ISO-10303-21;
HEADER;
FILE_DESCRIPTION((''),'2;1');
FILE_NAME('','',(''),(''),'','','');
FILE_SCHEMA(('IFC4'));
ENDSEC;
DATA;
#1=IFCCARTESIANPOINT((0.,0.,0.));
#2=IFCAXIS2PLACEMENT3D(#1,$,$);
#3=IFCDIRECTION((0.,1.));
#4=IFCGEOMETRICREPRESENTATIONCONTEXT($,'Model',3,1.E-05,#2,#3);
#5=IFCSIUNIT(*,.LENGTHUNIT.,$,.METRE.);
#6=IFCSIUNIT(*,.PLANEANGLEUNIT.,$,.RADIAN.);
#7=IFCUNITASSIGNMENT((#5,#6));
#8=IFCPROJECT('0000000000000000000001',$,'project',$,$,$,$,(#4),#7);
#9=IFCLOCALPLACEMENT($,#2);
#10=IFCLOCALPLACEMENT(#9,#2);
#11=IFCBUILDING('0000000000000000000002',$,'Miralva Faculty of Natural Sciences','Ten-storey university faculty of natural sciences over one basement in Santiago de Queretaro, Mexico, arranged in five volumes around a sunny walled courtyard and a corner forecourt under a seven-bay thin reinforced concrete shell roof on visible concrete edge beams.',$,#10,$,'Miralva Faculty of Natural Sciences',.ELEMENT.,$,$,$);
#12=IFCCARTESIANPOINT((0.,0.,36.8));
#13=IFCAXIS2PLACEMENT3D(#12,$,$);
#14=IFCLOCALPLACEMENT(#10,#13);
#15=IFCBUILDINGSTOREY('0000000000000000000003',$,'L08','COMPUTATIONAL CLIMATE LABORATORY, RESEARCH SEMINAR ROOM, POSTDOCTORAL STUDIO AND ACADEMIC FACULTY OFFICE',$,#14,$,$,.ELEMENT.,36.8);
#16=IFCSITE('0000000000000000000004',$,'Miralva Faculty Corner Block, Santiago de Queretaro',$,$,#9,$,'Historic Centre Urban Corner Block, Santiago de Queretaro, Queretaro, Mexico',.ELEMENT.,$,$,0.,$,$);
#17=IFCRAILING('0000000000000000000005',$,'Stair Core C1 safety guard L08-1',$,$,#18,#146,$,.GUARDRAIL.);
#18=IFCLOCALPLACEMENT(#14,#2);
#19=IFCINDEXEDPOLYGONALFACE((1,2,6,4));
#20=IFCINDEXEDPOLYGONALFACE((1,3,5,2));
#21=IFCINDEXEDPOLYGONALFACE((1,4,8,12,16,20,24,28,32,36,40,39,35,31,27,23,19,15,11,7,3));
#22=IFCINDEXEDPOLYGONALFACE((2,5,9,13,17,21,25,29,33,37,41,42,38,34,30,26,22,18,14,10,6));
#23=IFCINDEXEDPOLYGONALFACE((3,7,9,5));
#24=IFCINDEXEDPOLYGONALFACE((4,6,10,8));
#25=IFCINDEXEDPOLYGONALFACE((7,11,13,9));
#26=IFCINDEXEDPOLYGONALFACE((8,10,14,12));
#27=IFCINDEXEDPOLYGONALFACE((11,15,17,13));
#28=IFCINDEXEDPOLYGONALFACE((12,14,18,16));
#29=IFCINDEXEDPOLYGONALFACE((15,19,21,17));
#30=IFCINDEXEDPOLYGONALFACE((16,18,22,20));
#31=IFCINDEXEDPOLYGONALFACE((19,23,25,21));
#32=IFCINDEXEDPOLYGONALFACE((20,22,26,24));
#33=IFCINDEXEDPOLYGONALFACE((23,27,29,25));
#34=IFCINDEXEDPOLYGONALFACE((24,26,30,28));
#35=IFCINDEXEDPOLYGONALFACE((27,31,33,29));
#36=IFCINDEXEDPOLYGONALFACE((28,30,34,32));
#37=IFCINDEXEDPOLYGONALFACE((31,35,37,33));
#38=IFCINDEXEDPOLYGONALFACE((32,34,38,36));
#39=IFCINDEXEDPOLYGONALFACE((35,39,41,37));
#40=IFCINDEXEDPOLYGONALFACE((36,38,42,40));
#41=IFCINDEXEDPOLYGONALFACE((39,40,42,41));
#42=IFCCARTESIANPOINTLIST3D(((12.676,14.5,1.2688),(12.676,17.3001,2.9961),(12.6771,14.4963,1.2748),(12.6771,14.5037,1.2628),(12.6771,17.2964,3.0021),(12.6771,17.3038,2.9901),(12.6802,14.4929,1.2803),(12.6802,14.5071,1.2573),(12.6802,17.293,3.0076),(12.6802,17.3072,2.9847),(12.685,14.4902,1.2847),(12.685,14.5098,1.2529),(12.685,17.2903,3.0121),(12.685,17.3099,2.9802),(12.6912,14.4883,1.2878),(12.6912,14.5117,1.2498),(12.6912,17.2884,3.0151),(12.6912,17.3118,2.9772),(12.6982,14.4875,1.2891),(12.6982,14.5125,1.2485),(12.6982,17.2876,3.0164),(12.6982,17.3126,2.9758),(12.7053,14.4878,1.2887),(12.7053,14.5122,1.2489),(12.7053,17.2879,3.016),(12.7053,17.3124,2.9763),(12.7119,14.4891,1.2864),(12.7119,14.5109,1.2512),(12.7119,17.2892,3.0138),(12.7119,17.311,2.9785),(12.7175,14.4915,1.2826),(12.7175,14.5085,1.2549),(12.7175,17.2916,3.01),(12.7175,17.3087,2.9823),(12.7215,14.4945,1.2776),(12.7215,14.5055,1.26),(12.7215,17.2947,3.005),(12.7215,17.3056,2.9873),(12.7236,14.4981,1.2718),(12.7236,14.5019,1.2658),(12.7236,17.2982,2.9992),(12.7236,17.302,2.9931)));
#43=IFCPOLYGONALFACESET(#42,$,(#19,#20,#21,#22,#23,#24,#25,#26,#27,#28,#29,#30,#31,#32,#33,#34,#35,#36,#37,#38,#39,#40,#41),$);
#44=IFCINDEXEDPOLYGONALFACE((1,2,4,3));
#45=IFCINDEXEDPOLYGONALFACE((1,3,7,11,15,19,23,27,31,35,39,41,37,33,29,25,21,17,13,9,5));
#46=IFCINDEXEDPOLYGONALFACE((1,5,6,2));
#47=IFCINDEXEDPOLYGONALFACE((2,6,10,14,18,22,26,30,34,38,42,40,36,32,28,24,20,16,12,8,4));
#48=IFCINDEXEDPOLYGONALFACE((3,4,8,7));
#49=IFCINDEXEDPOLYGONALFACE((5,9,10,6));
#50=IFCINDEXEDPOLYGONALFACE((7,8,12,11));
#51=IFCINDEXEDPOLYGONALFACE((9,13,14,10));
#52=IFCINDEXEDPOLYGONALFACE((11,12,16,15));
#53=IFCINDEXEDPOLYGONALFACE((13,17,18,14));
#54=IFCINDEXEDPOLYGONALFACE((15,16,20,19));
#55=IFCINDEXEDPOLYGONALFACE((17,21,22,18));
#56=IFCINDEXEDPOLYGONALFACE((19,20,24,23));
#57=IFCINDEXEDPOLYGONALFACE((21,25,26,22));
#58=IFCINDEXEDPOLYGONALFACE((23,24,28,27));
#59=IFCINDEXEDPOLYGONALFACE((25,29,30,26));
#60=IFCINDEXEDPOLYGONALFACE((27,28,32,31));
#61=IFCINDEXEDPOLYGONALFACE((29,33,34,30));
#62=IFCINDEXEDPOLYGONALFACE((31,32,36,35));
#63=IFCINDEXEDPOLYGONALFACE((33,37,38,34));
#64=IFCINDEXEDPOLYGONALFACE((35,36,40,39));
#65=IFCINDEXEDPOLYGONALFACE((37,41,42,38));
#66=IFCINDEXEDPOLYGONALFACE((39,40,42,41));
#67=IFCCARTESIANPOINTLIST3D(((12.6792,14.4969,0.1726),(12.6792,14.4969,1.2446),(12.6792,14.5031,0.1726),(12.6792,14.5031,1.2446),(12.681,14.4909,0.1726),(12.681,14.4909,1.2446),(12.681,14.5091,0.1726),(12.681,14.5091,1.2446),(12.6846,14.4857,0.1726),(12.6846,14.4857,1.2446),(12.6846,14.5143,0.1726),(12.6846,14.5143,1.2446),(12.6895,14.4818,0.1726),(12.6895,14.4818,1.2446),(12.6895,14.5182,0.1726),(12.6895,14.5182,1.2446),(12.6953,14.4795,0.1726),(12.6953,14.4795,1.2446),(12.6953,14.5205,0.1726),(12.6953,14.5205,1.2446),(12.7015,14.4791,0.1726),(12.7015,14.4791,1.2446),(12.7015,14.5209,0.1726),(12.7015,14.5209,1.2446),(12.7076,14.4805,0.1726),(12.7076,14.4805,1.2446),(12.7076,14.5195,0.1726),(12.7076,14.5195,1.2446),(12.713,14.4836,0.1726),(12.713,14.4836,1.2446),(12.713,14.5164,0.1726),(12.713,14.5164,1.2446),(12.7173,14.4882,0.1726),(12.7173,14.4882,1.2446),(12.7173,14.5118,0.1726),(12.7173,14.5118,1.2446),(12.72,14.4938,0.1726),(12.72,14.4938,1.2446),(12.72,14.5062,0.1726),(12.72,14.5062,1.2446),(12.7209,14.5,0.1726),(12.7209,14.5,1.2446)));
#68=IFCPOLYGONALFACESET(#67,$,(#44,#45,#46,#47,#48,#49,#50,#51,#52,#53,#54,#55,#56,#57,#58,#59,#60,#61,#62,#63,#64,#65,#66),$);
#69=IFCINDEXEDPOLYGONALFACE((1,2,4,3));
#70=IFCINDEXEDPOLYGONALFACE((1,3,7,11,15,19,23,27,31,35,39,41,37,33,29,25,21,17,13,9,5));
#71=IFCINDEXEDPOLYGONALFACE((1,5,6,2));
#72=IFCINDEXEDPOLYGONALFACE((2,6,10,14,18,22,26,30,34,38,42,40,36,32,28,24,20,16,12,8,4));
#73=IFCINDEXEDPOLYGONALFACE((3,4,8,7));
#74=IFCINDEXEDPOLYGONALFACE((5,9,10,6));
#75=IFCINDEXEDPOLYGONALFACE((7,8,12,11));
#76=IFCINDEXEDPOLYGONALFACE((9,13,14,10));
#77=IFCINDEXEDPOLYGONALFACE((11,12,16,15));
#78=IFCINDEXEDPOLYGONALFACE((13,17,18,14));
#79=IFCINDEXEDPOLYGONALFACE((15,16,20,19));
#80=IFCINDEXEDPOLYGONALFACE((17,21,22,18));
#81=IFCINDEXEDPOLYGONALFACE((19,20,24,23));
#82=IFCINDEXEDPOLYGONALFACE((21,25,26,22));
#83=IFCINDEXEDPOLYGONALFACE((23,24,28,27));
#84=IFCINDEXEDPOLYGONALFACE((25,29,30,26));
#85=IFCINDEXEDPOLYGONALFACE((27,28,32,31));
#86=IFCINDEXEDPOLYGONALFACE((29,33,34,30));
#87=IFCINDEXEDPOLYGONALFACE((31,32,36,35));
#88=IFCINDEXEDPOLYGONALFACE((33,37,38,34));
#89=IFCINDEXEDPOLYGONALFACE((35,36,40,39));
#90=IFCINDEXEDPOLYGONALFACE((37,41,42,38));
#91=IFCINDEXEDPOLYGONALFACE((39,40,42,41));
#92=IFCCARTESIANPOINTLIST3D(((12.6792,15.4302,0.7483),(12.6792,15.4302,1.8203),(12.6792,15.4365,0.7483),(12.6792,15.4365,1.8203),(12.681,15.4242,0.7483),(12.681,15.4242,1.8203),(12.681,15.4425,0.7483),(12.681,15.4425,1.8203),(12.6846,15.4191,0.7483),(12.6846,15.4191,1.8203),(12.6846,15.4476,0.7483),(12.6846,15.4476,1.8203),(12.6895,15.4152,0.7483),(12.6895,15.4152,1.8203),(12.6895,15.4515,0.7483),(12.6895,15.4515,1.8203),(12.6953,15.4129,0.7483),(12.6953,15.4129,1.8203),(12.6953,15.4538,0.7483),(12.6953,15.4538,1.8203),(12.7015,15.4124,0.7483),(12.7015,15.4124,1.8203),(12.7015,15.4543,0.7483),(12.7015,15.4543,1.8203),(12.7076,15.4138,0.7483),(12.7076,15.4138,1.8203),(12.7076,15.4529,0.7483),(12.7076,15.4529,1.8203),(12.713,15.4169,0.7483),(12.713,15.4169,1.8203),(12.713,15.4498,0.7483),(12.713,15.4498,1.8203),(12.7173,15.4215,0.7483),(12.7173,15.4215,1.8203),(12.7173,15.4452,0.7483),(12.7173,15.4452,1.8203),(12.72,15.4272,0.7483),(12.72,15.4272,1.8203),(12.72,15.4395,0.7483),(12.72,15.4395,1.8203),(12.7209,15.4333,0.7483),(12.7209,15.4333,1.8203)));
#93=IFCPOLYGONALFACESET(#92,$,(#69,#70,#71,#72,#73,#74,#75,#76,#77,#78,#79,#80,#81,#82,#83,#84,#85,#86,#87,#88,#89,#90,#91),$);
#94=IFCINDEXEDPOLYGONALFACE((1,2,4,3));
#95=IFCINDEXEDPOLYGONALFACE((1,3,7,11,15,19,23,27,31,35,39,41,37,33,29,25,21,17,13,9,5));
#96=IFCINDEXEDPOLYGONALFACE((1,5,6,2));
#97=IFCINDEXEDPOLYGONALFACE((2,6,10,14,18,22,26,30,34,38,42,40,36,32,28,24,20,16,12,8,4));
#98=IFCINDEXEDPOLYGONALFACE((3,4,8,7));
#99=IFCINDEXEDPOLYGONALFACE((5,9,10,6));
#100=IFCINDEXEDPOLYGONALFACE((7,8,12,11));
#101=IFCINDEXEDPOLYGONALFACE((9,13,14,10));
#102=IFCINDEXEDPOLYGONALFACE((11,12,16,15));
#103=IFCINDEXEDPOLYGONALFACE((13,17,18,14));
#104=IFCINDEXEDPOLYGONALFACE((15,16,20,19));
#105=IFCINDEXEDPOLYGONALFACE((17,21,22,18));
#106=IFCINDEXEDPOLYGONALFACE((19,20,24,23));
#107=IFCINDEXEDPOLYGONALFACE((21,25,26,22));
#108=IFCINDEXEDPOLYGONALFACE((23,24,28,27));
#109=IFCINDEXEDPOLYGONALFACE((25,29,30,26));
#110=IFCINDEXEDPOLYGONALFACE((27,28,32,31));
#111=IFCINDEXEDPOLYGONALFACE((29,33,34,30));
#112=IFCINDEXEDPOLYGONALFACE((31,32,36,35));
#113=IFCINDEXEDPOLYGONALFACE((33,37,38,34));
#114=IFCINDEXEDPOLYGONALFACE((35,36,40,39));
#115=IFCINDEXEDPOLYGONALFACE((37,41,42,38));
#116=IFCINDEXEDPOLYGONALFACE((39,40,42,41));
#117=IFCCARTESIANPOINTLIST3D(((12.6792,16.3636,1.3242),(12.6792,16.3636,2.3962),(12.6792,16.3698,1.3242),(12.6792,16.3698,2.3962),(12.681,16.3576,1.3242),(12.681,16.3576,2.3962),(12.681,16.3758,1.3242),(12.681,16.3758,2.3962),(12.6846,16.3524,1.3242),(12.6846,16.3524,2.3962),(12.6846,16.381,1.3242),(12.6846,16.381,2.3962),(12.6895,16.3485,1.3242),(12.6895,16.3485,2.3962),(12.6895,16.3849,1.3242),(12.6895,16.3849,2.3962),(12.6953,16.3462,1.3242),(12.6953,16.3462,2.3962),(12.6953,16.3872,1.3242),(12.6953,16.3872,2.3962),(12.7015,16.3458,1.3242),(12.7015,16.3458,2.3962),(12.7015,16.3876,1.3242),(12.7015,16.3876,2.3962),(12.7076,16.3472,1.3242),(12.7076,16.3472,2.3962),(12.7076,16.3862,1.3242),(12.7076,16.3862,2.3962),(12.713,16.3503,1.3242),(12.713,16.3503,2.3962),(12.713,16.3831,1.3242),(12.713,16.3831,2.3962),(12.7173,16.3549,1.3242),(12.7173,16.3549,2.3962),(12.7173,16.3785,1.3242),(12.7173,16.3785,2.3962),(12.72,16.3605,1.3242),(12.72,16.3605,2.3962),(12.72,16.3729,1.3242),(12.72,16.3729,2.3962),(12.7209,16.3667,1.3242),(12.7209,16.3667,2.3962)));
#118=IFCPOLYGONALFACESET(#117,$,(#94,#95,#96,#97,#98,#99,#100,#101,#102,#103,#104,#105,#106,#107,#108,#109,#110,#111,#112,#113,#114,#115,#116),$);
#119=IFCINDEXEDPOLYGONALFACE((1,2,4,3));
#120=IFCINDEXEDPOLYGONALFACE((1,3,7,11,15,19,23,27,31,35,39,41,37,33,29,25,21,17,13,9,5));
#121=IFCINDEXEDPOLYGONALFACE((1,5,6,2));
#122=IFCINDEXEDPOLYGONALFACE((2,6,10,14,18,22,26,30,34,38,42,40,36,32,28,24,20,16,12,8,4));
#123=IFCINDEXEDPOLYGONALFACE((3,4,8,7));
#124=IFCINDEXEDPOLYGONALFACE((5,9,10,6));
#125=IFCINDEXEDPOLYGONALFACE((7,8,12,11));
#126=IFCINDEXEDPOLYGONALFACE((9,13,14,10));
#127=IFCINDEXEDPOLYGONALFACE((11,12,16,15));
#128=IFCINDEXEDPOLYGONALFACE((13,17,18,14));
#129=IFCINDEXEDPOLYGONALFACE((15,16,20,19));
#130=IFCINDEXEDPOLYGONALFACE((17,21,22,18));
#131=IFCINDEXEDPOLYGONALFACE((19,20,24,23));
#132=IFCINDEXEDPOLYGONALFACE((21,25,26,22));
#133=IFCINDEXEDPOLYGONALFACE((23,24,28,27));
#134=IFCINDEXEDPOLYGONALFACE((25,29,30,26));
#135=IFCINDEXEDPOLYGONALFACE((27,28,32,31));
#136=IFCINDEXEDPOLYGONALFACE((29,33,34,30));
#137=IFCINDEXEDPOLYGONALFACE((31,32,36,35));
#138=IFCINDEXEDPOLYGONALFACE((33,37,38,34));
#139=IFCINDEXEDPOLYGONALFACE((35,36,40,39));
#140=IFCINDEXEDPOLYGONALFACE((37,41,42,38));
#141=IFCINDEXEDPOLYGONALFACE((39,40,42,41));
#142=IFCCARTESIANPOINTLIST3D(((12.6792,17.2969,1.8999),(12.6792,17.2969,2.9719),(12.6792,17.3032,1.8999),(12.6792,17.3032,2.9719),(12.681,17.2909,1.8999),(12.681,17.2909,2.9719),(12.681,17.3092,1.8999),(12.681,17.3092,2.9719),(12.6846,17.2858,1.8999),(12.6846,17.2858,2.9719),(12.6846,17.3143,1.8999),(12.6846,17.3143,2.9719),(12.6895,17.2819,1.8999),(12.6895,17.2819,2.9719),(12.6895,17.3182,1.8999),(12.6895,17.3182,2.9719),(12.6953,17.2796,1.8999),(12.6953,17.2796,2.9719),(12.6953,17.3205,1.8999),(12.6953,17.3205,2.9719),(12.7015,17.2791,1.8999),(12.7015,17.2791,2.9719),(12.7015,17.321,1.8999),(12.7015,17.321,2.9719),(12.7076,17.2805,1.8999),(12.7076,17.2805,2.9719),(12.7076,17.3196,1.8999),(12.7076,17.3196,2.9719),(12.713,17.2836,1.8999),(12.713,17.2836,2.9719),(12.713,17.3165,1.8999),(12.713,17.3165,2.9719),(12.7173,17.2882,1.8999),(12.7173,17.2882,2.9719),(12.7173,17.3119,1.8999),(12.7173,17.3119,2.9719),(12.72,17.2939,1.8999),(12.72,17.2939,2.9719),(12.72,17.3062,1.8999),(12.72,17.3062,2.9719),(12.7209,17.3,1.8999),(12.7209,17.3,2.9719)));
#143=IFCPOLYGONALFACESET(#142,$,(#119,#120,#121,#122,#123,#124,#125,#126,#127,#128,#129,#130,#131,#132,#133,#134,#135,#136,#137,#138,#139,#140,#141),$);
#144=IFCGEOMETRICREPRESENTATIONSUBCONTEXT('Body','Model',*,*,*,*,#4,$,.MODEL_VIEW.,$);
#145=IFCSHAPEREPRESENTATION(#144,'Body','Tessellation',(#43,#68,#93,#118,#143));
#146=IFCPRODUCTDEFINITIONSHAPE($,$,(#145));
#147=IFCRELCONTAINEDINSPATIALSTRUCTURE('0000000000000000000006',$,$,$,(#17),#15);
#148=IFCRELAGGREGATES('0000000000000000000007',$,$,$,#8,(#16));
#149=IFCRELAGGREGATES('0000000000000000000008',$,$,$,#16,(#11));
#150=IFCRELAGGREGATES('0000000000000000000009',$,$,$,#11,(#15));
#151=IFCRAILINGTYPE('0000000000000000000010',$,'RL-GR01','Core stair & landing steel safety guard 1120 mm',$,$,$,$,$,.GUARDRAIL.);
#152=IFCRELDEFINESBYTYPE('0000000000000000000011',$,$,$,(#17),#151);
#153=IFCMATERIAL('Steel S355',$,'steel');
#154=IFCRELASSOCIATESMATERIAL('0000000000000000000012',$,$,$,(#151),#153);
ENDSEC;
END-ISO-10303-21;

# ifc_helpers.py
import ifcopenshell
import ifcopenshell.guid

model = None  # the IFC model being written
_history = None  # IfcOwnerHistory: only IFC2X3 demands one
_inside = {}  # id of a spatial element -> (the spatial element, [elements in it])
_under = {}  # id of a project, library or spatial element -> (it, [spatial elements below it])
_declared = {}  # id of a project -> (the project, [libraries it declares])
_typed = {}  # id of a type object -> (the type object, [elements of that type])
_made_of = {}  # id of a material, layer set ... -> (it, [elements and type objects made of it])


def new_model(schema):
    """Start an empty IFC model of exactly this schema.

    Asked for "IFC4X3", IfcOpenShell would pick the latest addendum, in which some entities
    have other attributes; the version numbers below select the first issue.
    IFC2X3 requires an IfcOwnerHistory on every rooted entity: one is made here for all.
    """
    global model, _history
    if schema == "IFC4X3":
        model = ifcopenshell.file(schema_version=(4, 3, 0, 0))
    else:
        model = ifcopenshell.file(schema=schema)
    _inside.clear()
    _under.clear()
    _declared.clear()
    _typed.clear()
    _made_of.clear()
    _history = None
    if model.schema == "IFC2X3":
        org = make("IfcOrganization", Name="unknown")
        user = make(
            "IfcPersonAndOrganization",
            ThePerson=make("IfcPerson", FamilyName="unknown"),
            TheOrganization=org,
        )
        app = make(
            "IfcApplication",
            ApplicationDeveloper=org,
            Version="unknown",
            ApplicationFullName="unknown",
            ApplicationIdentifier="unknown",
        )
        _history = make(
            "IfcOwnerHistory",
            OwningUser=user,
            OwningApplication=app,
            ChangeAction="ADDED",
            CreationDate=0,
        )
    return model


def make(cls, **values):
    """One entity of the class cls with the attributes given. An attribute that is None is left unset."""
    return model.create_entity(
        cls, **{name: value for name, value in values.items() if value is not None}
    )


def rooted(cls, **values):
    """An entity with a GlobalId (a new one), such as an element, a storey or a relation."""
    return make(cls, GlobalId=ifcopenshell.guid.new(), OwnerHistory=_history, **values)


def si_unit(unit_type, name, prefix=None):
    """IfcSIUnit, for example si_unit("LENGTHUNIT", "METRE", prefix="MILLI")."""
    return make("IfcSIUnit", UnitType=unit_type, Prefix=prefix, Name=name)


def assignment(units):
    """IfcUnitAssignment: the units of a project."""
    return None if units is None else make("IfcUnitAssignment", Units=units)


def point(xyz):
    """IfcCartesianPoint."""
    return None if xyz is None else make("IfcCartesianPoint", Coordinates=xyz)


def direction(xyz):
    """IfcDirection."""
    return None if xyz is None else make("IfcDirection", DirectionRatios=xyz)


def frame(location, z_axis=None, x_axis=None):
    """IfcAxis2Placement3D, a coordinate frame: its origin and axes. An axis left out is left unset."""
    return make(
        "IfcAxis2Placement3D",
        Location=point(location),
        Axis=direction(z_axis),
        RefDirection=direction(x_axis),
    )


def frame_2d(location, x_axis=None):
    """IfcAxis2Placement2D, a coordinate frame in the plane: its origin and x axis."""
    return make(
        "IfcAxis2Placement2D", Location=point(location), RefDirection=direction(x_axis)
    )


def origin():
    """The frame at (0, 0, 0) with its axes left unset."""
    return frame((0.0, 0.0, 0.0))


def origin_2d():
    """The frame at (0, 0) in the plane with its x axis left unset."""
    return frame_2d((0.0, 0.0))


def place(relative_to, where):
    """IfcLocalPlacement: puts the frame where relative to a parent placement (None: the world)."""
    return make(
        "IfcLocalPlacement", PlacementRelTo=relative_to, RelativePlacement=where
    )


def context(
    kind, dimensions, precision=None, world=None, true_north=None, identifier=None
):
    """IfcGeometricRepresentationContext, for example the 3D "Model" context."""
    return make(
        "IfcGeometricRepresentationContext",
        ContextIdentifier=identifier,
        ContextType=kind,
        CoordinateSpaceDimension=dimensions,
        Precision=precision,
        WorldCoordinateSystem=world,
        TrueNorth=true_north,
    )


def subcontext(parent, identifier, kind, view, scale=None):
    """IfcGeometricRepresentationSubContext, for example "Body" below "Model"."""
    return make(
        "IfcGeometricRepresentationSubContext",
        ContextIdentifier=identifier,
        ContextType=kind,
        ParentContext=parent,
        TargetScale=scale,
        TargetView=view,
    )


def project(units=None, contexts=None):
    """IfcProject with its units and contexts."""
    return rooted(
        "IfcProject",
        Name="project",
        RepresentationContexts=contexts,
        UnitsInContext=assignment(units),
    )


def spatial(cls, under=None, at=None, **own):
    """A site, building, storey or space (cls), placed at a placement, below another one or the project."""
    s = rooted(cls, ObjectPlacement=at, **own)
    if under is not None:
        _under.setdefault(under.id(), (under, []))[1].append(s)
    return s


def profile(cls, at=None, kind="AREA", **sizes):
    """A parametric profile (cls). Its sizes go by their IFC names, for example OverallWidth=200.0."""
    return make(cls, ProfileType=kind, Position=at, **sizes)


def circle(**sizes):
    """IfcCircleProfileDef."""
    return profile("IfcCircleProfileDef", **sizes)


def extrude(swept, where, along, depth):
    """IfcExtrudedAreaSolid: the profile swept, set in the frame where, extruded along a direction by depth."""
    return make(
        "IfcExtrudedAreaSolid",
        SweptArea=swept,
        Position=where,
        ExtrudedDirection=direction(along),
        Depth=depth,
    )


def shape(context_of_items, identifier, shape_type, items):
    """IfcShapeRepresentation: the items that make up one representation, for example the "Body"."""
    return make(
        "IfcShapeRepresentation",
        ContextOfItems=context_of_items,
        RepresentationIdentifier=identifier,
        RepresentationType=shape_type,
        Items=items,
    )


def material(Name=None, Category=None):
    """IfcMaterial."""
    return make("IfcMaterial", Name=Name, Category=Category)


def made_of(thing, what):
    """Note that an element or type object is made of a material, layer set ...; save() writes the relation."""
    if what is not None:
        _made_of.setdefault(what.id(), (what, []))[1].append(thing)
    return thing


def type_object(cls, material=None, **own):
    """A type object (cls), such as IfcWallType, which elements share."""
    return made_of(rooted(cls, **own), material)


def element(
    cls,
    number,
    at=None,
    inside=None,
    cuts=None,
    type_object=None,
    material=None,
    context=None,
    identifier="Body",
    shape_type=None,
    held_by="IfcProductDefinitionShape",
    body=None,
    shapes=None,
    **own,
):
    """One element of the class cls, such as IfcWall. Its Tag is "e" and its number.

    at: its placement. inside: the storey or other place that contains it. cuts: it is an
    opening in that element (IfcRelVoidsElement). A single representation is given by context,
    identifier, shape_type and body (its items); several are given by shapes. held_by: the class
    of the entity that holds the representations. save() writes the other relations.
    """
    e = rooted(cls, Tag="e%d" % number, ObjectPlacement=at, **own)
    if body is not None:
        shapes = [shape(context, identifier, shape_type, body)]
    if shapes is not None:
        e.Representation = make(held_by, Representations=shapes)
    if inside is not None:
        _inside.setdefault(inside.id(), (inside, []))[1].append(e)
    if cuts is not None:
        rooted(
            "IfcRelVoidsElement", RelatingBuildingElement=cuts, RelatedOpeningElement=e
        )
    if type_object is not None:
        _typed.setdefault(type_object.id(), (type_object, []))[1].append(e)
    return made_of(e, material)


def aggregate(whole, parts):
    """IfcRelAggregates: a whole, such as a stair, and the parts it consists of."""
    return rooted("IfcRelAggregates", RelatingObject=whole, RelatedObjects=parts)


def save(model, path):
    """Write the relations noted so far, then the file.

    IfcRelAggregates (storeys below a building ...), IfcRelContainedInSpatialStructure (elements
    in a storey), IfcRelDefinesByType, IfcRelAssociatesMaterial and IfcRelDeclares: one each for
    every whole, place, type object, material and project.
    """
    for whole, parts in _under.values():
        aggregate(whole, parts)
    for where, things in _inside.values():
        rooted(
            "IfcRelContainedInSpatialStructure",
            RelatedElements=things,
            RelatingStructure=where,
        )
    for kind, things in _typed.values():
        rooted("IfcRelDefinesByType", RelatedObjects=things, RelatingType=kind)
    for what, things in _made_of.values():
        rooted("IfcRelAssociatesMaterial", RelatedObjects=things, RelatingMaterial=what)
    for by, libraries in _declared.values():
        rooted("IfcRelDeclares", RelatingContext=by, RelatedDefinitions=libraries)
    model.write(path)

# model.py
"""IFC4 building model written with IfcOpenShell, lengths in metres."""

from ifc_helpers import new_model, si_unit, direction, frame, origin, origin_2d, place, context, subcontext, project, spatial, circle, extrude, material, type_object, element, save


model = new_model("IFC4")

# Units and contexts
model_context = context("Model", 3, precision=1e-05, world=origin(), true_north=direction((0.0, 1.0)))
body_context = subcontext(model_context, "Body", "Model", "MODEL_VIEW")
ifc_project = project(units=[si_unit("LENGTHUNIT", "METRE"), si_unit("PLANEANGLEUNIT", "RADIAN")], contexts=[model_context])

# Site, building, storey
site_placement = place(None, origin())
site = spatial("IfcSite", under=ifc_project, at=site_placement, Name="Miralva Faculty Corner Block, Santiago de Queretaro", LongName="Historic Centre Urban Corner Block, Santiago de Queretaro, Queretaro, Mexico", CompositionType="ELEMENT", RefElevation=0.0)
building_placement = place(site_placement, origin())
building = spatial("IfcBuilding", under=site, at=building_placement, Name="Miralva Faculty of Natural Sciences", Description="Ten-storey university faculty of natural sciences over one basement in Santiago de Queretaro, Mexico, arranged in five volumes around a sunny walled courtyard and a corner forecourt under a seven-bay thin reinforced concrete shell roof on visible concrete edge beams.", LongName="Miralva Faculty of Natural Sciences", CompositionType="ELEMENT")
storey_placement = place(building_placement, frame((0.0, 0.0, 36.8)))
storey = spatial("IfcBuildingStorey", under=building, at=storey_placement, Name="L08", Description="COMPUTATIONAL CLIMATE LABORATORY, RESEARCH SEMINAR ROOM, POSTDOCTORAL STUDIO AND ACADEMIC FACULTY OFFICE", CompositionType="ELEMENT", Elevation=36.8)

# Railing
ifc_material_1 = material(Name="Steel S355", Category="steel")
railing_type_1 = type_object("IfcRailingType", Name="RL-GR01", Description="Core stair & landing steel safety guard 1120 mm", PredefinedType="GUARDRAIL", material=ifc_material_1)
railing_1_placement = place(storey_placement, frame((12.7, 14.5, 0.1726)))
element("IfcRailing", 1, at=railing_1_placement, inside=storey, type_object=railing_type_1, Name="Stair Core C1 safety guard L08-1", PredefinedType="GUARDRAIL", context=body_context, shape_type="SweptSolid", body=[
    extrude(circle(Radius=0.0239, at=origin_2d()), frame((0.0, 0.0, 1.0962), z_axis=(0.0, 0.85109, 0.52502), x_axis=(-1.0, 0.0, 0.0)), (0.0, 0.0, 1.0), 3.29),
    extrude(circle(Radius=0.021, at=origin_2d()), origin(), (0.0, 0.0, 1.0), 1.072),
    extrude(circle(Radius=0.021, at=origin_2d()), frame((0.0, 0.9333, 0.5757)), (0.0, 0.0, 1.0), 1.072),
    extrude(circle(Radius=0.021, at=origin_2d()), frame((0.0, 1.8667, 1.1516)), (0.0, 0.0, 1.0), 1.072),
    extrude(circle(Radius=0.021, at=origin_2d()), frame((0.0, 2.8, 1.7273)), (0.0, 0.0, 1.0), 1.072),
])

save(model, "model.ifc")
